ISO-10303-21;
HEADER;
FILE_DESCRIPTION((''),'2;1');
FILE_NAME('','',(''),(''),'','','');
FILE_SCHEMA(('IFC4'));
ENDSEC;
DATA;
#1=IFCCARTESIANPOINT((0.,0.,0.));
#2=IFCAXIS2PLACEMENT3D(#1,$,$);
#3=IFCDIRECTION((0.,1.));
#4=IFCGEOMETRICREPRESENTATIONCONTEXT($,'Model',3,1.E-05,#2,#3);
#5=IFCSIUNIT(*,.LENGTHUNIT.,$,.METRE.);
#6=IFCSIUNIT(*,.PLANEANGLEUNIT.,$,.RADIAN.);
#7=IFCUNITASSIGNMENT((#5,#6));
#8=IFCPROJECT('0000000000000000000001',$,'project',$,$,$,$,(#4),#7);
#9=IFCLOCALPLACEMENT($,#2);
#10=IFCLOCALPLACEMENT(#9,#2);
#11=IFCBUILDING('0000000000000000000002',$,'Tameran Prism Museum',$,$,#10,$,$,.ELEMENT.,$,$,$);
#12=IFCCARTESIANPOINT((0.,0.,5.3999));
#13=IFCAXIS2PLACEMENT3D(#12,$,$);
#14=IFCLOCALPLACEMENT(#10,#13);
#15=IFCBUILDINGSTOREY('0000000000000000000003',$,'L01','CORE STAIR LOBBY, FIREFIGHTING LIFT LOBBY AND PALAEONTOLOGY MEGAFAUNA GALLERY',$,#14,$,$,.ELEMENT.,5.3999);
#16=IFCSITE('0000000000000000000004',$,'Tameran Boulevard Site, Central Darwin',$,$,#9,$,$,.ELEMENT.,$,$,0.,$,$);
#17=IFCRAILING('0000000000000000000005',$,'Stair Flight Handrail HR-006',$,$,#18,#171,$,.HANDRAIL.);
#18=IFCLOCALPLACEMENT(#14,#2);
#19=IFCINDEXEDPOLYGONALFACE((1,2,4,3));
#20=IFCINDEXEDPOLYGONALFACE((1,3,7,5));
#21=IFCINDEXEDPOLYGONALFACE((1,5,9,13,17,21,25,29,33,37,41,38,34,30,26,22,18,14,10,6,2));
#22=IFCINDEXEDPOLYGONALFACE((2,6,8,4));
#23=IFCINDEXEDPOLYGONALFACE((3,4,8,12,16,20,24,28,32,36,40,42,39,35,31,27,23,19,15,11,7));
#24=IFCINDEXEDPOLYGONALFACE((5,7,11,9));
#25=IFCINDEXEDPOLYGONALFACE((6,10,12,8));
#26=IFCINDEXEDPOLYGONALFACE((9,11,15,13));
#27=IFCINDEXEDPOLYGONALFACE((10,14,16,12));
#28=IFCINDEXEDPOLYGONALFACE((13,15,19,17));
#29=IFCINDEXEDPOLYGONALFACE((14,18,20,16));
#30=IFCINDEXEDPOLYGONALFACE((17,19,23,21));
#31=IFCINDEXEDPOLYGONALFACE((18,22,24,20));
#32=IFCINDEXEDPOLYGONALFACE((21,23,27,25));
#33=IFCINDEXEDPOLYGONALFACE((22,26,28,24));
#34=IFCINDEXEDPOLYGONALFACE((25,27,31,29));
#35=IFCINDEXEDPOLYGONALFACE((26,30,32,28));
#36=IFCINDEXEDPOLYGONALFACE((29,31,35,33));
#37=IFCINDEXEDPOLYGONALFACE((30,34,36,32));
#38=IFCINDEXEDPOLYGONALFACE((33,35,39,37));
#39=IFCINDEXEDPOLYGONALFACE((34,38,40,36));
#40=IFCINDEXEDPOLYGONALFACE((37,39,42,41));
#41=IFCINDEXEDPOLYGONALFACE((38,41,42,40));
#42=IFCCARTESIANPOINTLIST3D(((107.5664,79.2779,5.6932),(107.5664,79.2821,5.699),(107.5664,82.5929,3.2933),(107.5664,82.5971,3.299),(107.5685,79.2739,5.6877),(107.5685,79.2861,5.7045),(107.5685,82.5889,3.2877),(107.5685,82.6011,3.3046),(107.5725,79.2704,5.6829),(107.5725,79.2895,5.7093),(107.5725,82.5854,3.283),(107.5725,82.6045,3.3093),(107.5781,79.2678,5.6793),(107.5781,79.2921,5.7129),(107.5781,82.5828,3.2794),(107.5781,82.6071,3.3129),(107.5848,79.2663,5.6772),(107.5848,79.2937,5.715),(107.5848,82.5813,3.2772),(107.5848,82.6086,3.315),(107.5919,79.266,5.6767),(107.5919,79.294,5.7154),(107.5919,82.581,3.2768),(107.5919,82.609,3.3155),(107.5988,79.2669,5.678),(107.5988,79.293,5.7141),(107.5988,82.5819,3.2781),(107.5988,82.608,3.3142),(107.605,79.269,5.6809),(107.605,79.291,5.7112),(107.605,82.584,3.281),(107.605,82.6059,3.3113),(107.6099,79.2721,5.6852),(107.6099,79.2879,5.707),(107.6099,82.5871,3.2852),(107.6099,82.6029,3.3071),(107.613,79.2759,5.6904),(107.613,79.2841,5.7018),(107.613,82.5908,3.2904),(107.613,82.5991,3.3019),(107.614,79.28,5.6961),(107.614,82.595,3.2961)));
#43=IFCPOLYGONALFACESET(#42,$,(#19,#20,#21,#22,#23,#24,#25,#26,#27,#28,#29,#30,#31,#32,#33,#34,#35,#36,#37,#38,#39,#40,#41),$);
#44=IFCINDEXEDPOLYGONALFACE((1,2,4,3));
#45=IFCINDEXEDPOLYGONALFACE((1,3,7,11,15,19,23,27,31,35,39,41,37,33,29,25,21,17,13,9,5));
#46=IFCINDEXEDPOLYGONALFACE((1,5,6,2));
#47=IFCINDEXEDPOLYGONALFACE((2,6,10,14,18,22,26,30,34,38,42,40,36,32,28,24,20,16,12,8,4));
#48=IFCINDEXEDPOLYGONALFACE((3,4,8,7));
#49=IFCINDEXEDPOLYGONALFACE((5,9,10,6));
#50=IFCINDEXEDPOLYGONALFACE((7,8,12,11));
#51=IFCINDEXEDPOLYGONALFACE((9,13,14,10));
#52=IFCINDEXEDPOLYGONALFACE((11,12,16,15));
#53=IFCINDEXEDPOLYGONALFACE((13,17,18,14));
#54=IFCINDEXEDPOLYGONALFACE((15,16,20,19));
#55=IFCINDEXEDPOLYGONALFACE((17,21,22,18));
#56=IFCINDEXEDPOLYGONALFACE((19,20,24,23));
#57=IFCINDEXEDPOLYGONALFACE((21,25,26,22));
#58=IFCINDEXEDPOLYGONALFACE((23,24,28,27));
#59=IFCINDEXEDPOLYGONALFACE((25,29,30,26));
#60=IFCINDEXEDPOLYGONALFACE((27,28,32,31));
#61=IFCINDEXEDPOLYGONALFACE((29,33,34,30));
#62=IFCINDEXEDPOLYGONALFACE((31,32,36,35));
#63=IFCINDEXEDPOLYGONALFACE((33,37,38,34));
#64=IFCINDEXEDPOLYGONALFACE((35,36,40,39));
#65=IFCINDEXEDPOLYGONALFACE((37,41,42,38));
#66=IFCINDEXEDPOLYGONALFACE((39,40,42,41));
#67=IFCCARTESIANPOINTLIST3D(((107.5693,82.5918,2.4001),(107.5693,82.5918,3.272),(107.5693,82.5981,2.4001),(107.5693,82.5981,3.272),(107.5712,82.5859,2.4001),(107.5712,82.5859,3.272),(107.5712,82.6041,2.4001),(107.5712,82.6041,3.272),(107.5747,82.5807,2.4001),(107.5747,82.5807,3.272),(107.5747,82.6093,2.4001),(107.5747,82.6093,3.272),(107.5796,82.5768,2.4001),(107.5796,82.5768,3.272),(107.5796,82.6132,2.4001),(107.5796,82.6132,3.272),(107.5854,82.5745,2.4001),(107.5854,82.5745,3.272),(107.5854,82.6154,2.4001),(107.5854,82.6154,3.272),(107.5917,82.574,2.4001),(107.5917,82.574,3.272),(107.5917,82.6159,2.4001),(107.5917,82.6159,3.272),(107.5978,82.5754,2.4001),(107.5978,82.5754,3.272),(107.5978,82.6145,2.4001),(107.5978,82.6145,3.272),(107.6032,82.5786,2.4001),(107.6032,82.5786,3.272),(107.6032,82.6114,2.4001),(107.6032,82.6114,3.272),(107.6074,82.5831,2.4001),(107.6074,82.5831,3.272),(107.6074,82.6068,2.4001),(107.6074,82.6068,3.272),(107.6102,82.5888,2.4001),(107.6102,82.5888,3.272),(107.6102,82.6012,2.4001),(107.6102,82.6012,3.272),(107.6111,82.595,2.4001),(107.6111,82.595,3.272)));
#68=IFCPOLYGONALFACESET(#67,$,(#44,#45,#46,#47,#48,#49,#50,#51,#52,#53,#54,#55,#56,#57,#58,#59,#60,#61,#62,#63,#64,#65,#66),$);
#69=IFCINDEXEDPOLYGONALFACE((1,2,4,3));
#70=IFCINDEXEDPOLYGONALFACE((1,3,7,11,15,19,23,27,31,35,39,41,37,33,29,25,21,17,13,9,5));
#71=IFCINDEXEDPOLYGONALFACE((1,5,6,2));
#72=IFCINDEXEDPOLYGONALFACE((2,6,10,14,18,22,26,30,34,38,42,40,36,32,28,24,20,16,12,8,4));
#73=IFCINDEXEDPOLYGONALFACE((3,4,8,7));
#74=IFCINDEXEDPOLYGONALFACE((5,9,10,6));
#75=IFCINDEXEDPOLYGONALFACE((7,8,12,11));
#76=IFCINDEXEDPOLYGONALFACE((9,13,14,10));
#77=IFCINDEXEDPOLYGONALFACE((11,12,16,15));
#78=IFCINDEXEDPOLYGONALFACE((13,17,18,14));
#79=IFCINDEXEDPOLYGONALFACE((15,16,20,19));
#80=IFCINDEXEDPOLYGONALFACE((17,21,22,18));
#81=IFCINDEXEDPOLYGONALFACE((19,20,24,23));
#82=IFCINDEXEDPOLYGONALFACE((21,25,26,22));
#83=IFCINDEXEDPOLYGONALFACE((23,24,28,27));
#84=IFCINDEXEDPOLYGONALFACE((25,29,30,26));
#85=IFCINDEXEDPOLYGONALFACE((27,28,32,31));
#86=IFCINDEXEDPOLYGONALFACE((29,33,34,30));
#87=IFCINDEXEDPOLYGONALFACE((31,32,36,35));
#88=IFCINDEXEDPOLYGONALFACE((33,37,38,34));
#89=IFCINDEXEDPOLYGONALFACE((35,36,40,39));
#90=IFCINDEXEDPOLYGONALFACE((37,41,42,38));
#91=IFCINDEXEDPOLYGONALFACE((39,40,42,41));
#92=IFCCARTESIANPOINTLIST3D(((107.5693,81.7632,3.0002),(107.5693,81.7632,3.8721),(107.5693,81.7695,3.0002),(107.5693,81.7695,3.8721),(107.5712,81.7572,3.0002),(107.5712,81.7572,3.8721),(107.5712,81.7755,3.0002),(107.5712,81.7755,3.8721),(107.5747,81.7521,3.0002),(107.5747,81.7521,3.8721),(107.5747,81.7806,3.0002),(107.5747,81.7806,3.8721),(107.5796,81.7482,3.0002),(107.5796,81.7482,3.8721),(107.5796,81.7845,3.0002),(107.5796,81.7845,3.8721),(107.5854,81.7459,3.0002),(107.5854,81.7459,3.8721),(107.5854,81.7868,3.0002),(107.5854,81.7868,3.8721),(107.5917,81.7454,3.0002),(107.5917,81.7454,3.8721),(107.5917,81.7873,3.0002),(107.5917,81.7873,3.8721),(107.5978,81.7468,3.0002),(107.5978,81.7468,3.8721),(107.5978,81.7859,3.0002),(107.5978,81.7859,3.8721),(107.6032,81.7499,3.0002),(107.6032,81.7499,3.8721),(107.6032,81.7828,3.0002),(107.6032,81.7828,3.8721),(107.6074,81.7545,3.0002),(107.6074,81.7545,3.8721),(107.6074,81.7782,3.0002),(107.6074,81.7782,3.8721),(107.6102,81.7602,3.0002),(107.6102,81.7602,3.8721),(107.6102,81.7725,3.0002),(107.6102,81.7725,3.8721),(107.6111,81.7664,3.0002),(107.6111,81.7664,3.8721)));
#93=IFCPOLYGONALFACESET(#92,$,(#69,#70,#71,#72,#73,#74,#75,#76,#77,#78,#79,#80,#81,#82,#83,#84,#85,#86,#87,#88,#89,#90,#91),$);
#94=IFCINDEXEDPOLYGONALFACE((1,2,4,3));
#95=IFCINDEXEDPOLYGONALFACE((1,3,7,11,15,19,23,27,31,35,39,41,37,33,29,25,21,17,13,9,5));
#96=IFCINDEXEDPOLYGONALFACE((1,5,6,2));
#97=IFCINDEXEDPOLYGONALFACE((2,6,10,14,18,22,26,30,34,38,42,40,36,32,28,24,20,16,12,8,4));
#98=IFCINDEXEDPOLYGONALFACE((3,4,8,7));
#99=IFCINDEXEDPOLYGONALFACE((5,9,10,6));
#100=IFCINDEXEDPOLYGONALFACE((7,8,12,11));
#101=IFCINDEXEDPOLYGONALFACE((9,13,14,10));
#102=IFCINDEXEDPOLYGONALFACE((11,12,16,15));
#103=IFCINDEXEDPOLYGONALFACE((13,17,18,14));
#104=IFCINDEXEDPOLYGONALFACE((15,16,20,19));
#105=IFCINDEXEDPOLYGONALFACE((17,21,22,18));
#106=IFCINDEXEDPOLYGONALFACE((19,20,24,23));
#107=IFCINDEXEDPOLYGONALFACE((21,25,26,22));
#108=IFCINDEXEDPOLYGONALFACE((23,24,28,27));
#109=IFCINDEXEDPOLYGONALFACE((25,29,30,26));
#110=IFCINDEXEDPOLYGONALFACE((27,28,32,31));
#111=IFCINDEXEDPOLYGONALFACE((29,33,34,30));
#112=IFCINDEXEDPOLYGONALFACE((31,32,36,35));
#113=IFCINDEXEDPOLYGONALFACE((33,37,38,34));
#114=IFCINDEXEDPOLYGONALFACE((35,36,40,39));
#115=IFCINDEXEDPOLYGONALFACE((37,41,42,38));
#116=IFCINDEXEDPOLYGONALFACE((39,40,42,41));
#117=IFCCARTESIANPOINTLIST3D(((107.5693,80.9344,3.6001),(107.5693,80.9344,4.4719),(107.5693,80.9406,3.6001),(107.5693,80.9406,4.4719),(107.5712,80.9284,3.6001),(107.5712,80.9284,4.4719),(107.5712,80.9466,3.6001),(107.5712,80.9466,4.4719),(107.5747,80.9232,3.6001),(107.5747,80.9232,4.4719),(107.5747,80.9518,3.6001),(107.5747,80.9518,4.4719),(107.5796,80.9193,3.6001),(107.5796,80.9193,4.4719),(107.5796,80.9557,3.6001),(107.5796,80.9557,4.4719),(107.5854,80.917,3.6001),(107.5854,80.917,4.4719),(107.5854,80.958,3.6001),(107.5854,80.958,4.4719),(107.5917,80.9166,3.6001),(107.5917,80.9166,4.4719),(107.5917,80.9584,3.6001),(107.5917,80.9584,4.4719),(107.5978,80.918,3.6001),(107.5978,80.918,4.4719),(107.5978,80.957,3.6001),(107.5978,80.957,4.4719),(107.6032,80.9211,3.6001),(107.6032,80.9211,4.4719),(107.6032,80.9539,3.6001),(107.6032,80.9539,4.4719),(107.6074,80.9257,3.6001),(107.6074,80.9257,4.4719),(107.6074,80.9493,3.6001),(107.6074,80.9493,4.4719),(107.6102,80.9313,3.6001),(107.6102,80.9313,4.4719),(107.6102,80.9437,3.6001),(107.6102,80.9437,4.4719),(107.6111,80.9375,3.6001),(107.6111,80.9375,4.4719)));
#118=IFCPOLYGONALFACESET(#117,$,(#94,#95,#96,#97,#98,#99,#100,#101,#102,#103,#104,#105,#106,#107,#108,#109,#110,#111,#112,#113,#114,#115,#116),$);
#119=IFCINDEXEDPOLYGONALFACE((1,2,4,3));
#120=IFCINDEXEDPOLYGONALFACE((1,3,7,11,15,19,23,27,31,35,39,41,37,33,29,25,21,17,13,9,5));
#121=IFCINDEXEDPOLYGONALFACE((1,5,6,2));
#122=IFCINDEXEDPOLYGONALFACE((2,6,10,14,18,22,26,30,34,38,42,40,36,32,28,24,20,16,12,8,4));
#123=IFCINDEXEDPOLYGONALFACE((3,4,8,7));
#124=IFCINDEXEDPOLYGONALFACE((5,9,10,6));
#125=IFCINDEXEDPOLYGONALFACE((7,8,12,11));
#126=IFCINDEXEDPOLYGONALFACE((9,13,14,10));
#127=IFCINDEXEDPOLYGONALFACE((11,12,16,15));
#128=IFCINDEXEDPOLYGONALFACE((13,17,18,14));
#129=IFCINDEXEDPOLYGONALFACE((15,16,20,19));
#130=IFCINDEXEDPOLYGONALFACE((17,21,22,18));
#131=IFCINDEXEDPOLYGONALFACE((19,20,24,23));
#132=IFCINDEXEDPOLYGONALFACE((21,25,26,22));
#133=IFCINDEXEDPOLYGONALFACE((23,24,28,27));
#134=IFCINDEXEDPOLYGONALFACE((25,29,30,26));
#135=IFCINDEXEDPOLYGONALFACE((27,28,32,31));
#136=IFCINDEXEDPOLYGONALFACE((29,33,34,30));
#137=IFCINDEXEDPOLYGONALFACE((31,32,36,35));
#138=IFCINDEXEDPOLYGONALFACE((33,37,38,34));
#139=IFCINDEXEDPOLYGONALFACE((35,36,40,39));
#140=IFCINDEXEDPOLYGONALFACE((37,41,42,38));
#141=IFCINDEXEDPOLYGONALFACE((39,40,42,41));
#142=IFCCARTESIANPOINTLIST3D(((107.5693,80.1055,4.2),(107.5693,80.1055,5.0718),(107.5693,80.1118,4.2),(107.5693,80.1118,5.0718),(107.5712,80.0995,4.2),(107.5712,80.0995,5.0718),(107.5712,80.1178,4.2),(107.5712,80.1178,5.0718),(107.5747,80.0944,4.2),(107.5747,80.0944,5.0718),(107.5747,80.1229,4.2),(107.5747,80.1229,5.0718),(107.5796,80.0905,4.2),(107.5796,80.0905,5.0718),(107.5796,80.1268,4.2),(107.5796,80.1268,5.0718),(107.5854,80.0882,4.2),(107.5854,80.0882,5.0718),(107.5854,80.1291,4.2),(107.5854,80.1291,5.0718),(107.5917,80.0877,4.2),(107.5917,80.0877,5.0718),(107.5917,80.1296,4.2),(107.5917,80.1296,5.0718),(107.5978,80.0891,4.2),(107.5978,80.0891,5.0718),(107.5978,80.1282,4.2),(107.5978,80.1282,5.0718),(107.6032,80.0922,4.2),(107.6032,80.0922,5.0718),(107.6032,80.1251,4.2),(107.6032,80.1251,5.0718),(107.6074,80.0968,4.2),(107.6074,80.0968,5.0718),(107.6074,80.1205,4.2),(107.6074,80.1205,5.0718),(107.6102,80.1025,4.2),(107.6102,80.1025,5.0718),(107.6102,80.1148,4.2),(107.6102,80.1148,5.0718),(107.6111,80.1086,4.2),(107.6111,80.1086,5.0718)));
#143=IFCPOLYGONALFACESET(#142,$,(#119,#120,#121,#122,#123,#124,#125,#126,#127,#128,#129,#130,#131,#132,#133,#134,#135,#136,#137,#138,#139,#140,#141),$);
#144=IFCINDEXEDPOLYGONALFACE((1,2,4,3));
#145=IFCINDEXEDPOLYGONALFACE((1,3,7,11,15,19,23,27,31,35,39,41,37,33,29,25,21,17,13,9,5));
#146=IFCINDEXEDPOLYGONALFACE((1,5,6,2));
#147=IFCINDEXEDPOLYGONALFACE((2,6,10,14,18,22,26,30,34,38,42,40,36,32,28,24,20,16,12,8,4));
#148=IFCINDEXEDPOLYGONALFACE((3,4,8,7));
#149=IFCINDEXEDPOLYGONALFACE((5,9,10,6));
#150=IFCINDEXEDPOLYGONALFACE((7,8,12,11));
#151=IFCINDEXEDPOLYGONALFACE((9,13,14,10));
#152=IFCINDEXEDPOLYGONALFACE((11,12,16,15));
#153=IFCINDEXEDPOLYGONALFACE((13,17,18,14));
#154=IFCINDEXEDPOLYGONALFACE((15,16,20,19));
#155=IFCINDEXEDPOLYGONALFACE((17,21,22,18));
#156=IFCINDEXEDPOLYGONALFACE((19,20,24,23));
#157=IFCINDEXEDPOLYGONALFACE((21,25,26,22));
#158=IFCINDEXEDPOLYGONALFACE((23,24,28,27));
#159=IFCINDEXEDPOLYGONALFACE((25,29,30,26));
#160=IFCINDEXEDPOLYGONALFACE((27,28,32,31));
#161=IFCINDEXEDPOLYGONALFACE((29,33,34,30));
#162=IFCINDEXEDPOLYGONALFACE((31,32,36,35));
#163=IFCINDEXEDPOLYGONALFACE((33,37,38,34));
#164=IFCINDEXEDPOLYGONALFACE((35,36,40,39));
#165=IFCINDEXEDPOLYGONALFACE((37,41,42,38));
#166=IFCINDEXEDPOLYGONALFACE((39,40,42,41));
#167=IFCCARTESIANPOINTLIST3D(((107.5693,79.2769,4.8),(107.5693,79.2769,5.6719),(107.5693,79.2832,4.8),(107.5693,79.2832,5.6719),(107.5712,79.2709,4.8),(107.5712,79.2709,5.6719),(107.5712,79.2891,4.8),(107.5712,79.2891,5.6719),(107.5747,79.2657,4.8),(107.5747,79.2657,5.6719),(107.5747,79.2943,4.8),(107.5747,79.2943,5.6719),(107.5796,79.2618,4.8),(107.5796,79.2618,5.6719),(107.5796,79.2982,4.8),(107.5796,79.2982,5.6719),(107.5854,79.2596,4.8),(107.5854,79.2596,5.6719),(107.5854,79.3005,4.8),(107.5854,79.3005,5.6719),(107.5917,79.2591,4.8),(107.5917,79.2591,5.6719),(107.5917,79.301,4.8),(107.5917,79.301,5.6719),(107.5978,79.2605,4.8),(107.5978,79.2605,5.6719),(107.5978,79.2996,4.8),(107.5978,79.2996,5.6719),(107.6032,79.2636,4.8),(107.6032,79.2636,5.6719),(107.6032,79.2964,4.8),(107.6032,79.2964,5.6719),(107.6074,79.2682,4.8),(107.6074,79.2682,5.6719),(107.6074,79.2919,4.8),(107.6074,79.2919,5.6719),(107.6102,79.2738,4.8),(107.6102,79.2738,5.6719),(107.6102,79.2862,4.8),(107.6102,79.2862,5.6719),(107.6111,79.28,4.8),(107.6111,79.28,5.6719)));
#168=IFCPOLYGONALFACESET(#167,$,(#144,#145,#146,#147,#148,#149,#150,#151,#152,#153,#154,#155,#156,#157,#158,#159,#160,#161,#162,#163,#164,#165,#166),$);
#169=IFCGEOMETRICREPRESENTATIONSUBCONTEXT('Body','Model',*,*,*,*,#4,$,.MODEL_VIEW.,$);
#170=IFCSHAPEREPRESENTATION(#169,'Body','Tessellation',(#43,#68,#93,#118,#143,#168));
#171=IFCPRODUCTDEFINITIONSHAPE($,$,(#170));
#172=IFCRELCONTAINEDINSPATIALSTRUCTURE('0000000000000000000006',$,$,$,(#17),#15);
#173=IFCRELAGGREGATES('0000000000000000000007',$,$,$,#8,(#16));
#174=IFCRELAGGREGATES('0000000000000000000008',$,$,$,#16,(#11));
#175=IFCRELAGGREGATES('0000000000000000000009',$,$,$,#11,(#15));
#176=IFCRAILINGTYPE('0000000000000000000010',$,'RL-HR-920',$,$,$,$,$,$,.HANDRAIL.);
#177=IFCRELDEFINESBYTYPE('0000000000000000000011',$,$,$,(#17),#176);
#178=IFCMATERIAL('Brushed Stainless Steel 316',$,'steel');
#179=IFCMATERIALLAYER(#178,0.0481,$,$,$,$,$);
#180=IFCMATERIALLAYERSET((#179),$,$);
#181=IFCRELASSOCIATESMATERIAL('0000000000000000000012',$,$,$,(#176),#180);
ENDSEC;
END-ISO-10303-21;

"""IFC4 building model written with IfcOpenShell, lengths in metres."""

from ifc_helpers import new_model, si_unit, direction, frame, origin, origin_2d, place, context, subcontext, project, spatial, circle, extrude, material, layer, layer_set, type_object, element, save


model = new_model("IFC4")

# Units and contexts
model_context = context("Model", 3, precision=1e-05, world=origin(), true_north=direction((0.0, 1.0)))
body_context = subcontext(model_context, "Body", "Model", "MODEL_VIEW")
ifc_project = project(units=[si_unit("LENGTHUNIT", "METRE"), si_unit("PLANEANGLEUNIT", "RADIAN")], contexts=[model_context])

# Site, building, storey
site_placement = place(None, origin())
site = spatial("IfcSite", under=ifc_project, at=site_placement, Name="Tameran Boulevard Site, Central Darwin", CompositionType="ELEMENT", RefElevation=0.0)
building_placement = place(site_placement, origin())
building = spatial("IfcBuilding", under=site, at=building_placement, Name="Tameran Prism Museum", CompositionType="ELEMENT")
storey_placement = place(building_placement, frame((0.0, 0.0, 5.3999)))
storey = spatial("IfcBuildingStorey", under=building, at=storey_placement, Name="L01", Description="CORE STAIR LOBBY, FIREFIGHTING LIFT LOBBY AND PALAEONTOLOGY MEGAFAUNA GALLERY", CompositionType="ELEMENT", Elevation=5.3999)

# Railing
ifc_material_1 = material(Name="Brushed Stainless Steel 316", Category="steel")
ifc_layer_1 = layer(ifc_material_1, 0.0481)
ifc_layer_set_1 = layer_set([ifc_layer_1])
railing_type_1 = type_object("IfcRailingType", Name="RL-HR-920", PredefinedType="HANDRAIL", material=ifc_layer_set_1)
railing_1_placement = place(storey_placement, frame((107.5901, 82.595, 2.4001)))
element("IfcRailing", 1, at=railing_1_placement, inside=storey, type_object=railing_type_1, Name="Stair Flight Handrail HR-006", PredefinedType="HANDRAIL", context=body_context, shape_type="SweptSolid", body=[
    extrude(circle(Radius=0.0239, at=origin_2d()), frame((0.0, 0.0, 0.896), z_axis=(0.0, -0.810009, 0.586418), x_axis=(1.0, 0.0, 0.0)), (0.0, 0.0, 1.0), 4.0925),
    extrude(circle(Radius=0.021, at=origin_2d()), origin(), (0.0, 0.0, 1.0), 0.8718),
    extrude(circle(Radius=0.021, at=origin_2d()), frame((0.0, -0.8286, 0.6001)), (0.0, 0.0, 1.0), 0.8718),
    extrude(circle(Radius=0.021, at=origin_2d()), frame((0.0, -1.6575, 1.2)), (0.0, 0.0, 1.0), 0.8718),
    extrude(circle(Radius=0.021, at=origin_2d()), frame((0.0, -2.4863, 1.7998)), (0.0, 0.0, 1.0), 0.8718),
    extrude(circle(Radius=0.021, at=origin_2d()), frame((0.0, -3.3149, 2.3999)), (0.0, 0.0, 1.0), 0.8718),
])

save(model, "model.ifc")
